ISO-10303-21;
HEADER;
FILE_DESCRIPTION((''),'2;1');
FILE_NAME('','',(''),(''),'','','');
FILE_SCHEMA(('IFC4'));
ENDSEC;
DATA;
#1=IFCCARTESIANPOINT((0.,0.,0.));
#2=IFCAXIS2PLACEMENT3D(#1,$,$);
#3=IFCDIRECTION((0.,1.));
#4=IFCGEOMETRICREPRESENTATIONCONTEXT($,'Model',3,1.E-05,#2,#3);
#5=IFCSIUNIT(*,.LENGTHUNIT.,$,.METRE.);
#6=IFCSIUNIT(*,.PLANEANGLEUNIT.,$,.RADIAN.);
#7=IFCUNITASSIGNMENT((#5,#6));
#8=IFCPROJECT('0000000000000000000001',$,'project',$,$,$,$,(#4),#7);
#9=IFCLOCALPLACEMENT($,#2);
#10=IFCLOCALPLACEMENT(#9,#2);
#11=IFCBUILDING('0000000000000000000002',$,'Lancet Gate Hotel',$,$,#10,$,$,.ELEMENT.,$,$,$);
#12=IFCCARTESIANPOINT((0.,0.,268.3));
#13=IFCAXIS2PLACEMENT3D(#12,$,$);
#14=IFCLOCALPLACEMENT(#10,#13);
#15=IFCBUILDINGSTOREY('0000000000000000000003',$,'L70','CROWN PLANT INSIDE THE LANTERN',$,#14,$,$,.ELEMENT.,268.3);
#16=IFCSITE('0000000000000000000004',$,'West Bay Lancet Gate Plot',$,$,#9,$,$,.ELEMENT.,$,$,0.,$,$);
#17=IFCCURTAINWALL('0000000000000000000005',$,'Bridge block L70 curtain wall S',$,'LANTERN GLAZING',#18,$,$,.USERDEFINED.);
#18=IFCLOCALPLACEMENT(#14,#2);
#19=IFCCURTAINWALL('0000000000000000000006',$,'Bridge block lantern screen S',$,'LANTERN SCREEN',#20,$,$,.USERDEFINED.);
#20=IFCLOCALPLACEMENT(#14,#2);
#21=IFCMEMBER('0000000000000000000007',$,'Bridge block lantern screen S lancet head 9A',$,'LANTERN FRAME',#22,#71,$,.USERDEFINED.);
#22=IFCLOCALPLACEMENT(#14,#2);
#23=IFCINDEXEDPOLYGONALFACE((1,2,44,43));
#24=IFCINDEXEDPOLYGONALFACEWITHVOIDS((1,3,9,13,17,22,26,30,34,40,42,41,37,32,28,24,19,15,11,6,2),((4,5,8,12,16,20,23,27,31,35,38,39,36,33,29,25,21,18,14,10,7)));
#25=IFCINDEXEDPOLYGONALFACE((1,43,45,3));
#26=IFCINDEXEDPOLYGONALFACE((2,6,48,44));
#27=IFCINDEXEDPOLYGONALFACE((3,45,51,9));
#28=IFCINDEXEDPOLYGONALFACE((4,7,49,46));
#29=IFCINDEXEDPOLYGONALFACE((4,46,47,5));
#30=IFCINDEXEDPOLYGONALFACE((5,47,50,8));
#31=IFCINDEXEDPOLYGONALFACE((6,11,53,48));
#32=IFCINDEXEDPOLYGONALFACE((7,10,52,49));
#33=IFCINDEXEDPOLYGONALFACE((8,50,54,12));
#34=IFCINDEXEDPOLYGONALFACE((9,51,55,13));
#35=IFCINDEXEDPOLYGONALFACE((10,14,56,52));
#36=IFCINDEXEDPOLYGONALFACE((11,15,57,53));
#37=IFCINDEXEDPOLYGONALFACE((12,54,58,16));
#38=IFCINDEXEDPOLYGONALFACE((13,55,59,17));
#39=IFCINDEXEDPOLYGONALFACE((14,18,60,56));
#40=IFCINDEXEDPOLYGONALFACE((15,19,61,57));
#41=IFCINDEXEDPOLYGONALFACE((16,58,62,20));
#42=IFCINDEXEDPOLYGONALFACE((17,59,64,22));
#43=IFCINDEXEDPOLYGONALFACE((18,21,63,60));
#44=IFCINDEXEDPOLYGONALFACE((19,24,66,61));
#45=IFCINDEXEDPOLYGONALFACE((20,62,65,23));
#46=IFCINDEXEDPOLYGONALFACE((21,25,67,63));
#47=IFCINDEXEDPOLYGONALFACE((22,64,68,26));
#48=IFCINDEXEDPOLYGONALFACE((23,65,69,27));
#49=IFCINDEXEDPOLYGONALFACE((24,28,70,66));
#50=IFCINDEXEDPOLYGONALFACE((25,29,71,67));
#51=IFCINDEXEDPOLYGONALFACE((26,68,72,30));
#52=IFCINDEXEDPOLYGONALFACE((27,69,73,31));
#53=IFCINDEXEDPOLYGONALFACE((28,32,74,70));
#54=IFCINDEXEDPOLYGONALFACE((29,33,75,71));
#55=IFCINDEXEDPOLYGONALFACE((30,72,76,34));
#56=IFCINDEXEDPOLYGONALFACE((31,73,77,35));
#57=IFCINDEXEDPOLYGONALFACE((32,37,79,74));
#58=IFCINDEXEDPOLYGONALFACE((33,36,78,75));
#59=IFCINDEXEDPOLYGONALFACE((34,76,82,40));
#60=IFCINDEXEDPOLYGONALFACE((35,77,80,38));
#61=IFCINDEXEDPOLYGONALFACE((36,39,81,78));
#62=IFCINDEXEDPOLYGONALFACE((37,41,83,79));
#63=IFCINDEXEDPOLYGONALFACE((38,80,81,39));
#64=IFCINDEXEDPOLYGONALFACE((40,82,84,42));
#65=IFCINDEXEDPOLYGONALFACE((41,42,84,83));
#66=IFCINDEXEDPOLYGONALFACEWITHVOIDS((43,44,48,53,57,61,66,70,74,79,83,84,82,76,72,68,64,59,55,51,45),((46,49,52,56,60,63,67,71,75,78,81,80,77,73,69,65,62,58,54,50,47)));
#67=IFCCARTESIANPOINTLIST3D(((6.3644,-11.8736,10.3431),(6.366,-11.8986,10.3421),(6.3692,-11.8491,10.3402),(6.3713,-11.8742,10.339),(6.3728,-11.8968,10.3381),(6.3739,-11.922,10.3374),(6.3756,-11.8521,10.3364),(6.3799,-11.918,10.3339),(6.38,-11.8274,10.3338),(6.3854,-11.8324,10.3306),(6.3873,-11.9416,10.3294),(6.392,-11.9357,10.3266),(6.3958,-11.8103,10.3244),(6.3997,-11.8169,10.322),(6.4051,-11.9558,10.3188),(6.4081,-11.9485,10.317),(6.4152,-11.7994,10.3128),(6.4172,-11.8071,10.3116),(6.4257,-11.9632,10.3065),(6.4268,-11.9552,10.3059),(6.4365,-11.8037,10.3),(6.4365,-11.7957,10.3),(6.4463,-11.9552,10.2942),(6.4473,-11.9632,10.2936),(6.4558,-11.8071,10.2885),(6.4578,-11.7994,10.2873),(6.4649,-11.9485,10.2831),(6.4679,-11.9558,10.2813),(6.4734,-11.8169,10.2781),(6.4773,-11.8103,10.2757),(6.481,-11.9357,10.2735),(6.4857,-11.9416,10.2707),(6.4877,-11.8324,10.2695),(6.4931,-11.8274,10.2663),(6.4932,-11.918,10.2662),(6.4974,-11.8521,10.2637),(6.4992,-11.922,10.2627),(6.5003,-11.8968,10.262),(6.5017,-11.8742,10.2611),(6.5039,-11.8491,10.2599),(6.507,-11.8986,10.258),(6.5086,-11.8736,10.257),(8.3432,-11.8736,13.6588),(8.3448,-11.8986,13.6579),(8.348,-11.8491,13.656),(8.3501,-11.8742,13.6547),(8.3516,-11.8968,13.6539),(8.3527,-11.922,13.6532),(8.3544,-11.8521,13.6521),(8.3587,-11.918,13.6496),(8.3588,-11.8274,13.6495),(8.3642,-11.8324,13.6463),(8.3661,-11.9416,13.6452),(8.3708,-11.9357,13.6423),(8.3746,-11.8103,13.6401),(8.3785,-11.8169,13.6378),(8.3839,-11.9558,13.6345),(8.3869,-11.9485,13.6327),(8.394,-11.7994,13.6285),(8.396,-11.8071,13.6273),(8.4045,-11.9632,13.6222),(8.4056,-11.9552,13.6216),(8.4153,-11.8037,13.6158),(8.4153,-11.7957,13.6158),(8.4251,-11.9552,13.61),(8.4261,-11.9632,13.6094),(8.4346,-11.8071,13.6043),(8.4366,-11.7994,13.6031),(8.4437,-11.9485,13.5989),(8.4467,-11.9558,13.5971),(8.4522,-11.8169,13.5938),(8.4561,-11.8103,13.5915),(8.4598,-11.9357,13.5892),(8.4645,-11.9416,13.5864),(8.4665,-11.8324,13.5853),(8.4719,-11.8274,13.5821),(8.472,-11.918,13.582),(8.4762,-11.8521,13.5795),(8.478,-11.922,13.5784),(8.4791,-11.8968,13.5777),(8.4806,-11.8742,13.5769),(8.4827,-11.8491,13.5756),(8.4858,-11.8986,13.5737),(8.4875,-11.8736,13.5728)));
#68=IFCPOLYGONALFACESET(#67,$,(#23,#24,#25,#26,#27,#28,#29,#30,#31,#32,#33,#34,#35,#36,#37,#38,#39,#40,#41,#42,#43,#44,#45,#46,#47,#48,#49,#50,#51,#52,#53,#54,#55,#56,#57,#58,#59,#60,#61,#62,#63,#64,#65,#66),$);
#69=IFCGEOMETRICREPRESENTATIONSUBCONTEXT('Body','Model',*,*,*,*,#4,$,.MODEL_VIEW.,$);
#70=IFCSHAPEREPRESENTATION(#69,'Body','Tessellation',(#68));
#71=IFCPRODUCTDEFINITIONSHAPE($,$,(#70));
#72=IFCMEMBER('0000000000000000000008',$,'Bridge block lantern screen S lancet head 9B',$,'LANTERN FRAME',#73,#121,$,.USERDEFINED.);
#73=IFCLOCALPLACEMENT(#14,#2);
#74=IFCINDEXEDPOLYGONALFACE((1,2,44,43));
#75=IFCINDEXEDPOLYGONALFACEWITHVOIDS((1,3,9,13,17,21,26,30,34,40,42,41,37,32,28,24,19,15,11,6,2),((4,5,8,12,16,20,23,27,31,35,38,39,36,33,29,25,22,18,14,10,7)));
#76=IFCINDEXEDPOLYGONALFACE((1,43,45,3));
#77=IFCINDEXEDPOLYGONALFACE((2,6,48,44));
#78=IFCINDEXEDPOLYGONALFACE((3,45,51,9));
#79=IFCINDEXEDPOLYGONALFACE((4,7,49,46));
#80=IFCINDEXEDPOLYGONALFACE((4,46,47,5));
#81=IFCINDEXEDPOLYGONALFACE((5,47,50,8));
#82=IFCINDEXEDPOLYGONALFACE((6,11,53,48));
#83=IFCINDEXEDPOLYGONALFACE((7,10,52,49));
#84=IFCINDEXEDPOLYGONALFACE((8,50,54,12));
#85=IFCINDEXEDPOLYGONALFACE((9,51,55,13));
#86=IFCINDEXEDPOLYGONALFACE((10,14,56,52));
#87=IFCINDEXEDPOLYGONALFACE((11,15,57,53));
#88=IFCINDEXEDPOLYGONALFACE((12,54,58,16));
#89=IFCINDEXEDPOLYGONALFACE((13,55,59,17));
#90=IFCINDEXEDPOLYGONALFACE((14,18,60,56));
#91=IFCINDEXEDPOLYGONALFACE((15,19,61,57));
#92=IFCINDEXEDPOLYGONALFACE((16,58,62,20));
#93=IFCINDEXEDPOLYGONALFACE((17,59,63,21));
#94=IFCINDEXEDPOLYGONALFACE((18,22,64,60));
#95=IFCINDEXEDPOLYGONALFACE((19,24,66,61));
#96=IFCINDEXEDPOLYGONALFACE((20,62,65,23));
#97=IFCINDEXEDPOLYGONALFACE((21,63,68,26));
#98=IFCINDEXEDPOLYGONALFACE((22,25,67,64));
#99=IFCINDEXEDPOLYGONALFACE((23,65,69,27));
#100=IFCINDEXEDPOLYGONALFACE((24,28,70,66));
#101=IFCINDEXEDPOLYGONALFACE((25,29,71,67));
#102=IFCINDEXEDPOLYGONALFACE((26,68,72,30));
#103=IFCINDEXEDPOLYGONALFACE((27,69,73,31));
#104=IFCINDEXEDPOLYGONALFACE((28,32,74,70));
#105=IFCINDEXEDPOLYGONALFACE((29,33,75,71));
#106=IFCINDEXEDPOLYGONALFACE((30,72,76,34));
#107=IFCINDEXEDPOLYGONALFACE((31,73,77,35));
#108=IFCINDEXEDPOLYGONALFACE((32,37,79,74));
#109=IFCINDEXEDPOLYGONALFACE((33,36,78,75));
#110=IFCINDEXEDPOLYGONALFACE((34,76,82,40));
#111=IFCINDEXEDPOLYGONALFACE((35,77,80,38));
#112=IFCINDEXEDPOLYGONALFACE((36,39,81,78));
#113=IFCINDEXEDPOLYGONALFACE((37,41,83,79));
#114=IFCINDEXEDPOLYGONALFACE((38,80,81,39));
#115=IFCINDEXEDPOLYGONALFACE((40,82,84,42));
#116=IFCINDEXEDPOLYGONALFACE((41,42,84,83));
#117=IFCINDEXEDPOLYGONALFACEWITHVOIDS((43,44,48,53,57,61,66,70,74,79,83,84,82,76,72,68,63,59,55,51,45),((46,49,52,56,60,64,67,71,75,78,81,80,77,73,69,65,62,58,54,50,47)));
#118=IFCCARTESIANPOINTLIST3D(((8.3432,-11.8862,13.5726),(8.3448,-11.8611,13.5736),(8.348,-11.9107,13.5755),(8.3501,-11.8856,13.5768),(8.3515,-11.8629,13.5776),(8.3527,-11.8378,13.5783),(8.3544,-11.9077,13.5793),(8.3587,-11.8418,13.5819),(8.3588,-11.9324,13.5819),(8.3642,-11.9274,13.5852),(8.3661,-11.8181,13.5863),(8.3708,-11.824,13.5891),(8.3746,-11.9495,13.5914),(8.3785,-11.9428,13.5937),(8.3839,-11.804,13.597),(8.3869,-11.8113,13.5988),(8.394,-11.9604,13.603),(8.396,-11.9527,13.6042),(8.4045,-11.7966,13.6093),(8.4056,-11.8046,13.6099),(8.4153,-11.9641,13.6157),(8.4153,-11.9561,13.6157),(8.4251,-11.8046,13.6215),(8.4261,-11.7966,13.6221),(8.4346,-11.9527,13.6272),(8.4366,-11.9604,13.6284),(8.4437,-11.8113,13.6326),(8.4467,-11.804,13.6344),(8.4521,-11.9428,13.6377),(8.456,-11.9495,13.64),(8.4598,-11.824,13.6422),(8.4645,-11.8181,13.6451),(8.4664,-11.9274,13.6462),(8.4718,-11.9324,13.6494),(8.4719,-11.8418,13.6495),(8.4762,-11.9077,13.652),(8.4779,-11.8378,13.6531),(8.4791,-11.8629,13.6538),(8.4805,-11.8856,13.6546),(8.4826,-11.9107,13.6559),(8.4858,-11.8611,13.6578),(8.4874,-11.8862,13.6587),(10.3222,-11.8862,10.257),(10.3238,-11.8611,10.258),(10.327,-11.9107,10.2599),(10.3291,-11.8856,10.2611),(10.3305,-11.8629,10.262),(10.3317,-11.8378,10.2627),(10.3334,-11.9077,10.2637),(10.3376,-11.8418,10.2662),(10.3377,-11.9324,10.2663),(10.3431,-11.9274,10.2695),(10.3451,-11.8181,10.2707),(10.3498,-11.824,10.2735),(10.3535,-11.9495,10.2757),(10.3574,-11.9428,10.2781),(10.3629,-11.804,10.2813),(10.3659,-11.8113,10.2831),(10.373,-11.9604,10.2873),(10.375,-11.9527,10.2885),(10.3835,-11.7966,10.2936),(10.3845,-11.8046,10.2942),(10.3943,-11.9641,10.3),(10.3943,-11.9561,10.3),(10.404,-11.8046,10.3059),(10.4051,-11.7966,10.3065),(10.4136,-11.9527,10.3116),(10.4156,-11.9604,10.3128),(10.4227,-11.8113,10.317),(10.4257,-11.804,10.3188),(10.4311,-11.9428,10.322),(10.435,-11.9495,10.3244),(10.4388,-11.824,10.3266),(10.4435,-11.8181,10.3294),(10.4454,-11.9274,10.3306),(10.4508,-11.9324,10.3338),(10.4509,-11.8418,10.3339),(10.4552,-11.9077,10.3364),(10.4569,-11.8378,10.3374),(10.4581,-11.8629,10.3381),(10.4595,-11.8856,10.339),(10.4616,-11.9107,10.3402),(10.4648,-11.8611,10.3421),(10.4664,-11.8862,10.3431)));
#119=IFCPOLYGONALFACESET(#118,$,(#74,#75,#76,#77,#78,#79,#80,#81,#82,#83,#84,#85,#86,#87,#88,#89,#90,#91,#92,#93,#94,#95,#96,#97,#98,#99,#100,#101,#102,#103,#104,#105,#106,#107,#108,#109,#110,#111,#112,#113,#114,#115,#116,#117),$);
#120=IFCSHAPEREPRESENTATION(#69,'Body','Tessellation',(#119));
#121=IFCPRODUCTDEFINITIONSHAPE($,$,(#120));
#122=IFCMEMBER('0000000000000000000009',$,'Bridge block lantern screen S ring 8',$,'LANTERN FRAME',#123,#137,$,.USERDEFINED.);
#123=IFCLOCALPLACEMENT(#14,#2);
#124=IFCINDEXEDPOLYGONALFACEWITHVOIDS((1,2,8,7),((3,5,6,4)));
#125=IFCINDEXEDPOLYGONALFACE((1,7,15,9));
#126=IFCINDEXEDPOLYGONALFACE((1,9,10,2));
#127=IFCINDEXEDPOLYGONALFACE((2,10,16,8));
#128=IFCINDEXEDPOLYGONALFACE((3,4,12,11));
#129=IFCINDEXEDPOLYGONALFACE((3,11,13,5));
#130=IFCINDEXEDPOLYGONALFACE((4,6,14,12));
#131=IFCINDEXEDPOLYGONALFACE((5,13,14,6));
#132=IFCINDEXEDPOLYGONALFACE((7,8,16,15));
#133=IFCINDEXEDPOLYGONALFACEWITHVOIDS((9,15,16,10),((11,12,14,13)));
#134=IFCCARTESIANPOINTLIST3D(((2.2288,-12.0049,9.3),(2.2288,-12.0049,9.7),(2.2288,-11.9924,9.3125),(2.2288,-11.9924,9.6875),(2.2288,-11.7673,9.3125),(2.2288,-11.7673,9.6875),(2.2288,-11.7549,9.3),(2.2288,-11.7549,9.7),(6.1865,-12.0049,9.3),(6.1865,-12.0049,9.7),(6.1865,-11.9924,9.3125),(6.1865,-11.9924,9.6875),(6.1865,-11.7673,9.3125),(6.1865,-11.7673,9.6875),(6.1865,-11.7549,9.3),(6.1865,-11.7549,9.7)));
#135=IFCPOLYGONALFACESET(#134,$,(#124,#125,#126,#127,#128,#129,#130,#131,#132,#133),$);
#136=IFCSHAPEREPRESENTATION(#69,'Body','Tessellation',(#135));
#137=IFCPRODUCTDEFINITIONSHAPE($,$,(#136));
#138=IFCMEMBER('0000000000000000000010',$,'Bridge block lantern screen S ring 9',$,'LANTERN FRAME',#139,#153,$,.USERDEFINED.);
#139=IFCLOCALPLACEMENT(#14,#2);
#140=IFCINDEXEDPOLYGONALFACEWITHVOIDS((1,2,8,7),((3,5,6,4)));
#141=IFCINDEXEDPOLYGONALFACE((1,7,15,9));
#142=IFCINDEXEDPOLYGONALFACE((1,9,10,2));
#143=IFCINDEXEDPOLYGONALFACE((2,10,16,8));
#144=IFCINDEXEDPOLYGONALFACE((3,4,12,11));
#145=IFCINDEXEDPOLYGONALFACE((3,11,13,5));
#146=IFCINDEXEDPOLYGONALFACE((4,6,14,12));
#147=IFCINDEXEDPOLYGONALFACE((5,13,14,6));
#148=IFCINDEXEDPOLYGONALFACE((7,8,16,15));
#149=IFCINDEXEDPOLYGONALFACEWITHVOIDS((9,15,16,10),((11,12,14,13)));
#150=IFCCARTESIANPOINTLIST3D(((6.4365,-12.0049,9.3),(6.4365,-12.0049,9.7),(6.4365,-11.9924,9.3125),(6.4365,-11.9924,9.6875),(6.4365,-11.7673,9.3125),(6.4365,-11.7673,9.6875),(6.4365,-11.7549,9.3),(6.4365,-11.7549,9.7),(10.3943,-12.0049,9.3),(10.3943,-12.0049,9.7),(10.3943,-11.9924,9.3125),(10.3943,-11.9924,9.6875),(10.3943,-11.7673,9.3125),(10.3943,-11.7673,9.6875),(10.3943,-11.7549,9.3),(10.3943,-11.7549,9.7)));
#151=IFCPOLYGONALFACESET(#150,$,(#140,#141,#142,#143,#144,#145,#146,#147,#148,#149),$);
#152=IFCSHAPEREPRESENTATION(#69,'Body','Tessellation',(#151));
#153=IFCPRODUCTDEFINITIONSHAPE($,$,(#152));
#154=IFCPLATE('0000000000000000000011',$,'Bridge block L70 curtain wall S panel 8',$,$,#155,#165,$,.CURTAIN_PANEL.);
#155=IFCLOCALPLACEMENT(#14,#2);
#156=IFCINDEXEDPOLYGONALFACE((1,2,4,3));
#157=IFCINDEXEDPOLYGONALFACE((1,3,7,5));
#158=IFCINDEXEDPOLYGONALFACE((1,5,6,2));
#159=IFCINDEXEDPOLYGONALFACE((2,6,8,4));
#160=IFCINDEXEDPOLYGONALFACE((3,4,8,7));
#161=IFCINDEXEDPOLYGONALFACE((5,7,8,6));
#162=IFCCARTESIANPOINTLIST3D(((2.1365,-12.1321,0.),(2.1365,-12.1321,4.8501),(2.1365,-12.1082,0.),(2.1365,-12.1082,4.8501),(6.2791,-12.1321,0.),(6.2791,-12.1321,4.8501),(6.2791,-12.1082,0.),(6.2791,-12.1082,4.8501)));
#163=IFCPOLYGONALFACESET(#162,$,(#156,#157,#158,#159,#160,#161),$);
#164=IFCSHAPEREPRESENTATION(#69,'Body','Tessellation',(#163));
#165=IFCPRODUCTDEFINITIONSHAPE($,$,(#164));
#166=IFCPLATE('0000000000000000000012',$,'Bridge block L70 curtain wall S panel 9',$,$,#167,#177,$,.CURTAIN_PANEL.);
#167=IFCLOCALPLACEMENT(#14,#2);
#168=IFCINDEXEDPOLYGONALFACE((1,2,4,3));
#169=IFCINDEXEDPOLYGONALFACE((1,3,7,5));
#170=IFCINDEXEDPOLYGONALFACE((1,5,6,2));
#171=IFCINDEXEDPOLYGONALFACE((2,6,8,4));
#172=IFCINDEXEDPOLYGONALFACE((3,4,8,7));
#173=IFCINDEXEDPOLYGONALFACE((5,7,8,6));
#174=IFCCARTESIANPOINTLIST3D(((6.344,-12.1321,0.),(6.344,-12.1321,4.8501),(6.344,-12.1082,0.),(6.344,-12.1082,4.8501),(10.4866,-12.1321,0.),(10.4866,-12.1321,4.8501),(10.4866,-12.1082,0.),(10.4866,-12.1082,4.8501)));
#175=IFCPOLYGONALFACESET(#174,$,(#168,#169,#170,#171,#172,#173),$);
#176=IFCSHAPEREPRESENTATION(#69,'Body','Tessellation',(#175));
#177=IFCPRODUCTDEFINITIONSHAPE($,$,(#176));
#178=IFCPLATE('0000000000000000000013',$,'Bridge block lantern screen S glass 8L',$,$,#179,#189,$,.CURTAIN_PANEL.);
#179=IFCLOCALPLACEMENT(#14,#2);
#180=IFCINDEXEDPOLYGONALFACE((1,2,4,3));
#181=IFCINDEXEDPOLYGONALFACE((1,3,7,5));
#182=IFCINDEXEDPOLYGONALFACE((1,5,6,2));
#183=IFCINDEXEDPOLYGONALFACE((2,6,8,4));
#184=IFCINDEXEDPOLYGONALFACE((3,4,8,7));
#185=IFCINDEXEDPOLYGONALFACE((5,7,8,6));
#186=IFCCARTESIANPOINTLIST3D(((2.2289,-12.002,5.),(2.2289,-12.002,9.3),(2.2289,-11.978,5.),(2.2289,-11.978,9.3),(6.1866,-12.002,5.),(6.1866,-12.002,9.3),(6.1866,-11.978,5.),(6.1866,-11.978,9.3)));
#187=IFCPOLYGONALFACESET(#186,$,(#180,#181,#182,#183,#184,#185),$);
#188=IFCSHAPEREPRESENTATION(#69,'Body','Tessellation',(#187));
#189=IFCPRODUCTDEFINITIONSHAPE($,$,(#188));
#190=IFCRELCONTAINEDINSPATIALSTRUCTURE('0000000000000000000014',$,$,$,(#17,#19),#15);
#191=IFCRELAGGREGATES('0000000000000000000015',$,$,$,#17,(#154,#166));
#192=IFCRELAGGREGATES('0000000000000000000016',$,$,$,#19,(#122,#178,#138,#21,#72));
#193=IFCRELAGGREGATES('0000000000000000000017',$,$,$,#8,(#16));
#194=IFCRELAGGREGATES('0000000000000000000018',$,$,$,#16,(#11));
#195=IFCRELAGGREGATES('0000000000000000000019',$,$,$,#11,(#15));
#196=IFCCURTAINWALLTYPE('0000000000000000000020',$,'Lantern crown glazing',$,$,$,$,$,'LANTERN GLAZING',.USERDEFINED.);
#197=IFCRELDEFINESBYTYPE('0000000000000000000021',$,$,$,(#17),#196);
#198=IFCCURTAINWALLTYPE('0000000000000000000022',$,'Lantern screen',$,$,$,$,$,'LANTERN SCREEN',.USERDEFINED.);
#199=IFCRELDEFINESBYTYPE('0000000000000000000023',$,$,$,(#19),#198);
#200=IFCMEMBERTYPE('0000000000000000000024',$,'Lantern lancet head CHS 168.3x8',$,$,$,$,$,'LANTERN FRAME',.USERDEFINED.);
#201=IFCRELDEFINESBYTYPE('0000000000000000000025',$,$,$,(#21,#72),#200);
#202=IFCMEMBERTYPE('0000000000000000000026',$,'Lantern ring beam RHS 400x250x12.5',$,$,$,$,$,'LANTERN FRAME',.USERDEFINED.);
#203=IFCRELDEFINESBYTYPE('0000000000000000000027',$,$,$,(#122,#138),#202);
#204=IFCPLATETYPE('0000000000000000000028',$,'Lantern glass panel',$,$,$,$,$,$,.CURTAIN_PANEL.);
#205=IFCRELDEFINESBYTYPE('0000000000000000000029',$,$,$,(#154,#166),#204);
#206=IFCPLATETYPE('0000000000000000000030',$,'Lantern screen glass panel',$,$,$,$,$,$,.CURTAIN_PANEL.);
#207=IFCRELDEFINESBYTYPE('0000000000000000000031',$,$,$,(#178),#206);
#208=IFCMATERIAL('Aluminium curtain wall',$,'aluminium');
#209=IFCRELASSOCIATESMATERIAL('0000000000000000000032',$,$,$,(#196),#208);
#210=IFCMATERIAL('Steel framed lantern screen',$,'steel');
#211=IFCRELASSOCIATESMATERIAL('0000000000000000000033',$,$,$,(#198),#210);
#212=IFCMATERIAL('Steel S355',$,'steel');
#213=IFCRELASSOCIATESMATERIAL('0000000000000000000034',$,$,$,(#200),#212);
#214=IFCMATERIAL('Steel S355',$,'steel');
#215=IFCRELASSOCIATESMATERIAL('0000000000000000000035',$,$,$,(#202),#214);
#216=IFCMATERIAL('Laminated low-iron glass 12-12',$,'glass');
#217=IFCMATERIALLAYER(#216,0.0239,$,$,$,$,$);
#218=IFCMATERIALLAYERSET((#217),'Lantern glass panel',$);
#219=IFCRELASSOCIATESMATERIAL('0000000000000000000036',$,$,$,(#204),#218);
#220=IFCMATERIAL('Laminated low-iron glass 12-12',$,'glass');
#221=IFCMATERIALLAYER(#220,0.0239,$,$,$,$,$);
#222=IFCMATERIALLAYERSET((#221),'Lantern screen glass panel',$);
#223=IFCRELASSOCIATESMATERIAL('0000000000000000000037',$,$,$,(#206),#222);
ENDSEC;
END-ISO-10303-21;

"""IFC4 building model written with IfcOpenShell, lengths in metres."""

from ifc_helpers import new_model, si_unit, direction, frame, origin, origin_2d, place, context, subcontext, project, spatial, rectangle, hollow_rectangle, hollow_circle, extrude, material, layer, layer_set, material_profile, profile_set, type_object, element, aggregate, save


model = new_model("IFC4")

# Units and contexts
model_context = context("Model", 3, precision=1e-05, world=origin(), true_north=direction((0.0, 1.0)))
body_context = subcontext(model_context, "Body", "Model", "MODEL_VIEW")
ifc_project = project(units=[si_unit("LENGTHUNIT", "METRE"), si_unit("PLANEANGLEUNIT", "RADIAN")], contexts=[model_context])

# Site, building, storey
site_placement = place(None, origin())
site = spatial("IfcSite", under=ifc_project, at=site_placement, Name="West Bay Lancet Gate Plot", CompositionType="ELEMENT", RefElevation=0.0)
building_placement = place(site_placement, origin())
building = spatial("IfcBuilding", under=site, at=building_placement, Name="Lancet Gate Hotel", CompositionType="ELEMENT")
storey_placement = place(building_placement, frame((0.0, 0.0, 268.3)))
storey = spatial("IfcBuildingStorey", under=building, at=storey_placement, Name="L70", Description="CROWN PLANT INSIDE THE LANTERN", CompositionType="ELEMENT", Elevation=268.3)

# Curtain wall
ifc_material_1 = material(Name="Aluminium curtain wall", Category="aluminium")
curtain_wall_type_1 = type_object("IfcCurtainWallType", Name="Lantern crown glazing", ElementType="LANTERN GLAZING", PredefinedType="USERDEFINED", material=ifc_material_1)
curtain_wall_1_placement = place(storey_placement, origin())
curtain_wall_1 = element("IfcCurtainWall", 1, at=curtain_wall_1_placement, inside=storey, type_object=curtain_wall_type_1, Name="Bridge block L70 curtain wall S", ObjectType="LANTERN GLAZING", PredefinedType="USERDEFINED")

# Curtain wall, members
ifc_material_2 = material(Name="Steel framed lantern screen", Category="steel")
curtain_wall_type_2 = type_object("IfcCurtainWallType", Name="Lantern screen", ElementType="LANTERN SCREEN", PredefinedType="USERDEFINED", material=ifc_material_2)
curtain_wall_2_placement = place(storey_placement, origin())
curtain_wall_2 = element("IfcCurtainWall", 2, at=curtain_wall_2_placement, inside=storey, type_object=curtain_wall_type_2, Name="Bridge block lantern screen S", ObjectType="LANTERN SCREEN", PredefinedType="USERDEFINED")
ifc_material_3 = material(Name="Steel S355", Category="steel")
ifc_material_profile_1 = material_profile(ifc_material_3, hollow_circle(Radius=0.0842, WallThickness=0.0081, at=origin_2d()), Name="CHS 168.3x8.0")
ifc_profile_set_1 = profile_set([ifc_material_profile_1], Name="Steel S355")
member_type_1 = type_object("IfcMemberType", Name="Lantern lancet head CHS 168.3x8", ElementType="LANTERN FRAME", PredefinedType="USERDEFINED", material=ifc_profile_set_1)
member_1_placement = place(storey_placement, frame((6.4365, -11.8799, 10.3), z_axis=(0.512467, 0.0, 0.858707), x_axis=(0.0, 1.0, 0.0)))
member_1 = element("IfcMember", 3, at=member_1_placement, type_object=member_type_1, Name="Bridge block lantern screen S lancet head 9A", ObjectType="LANTERN FRAME", PredefinedType="USERDEFINED", context=body_context, shape_type="SweptSolid", body=[
    extrude(hollow_circle(Radius=0.0842, WallThickness=0.0081, at=origin_2d()), origin(), (0.0, 0.0, 1.0), 3.8613),
])
member_2_placement = place(storey_placement, frame((10.3943, -11.8799, 10.3), z_axis=(-0.512514, 0.0, 0.858679), x_axis=(0.0, -1.0, 0.0)))
member_2 = element("IfcMember", 4, at=member_2_placement, type_object=member_type_1, Name="Bridge block lantern screen S lancet head 9B", ObjectType="LANTERN FRAME", PredefinedType="USERDEFINED", context=body_context, shape_type="SweptSolid", body=[
    extrude(hollow_circle(Radius=0.0842, WallThickness=0.0081, at=origin_2d()), origin(), (0.0, 0.0, 1.0), 3.8613),
])
ifc_material_4 = material(Name="Steel S355", Category="steel")
ifc_material_profile_2 = material_profile(ifc_material_4, hollow_rectangle(XDim=0.25, YDim=0.3999, WallThickness=0.0125, at=origin_2d()), Name="RHS 400x250x12.5")
ifc_profile_set_2 = profile_set([ifc_material_profile_2], Name="Steel S355")
member_type_2 = type_object("IfcMemberType", Name="Lantern ring beam RHS 400x250x12.5", ElementType="LANTERN FRAME", PredefinedType="USERDEFINED", material=ifc_profile_set_2)
member_3_placement = place(storey_placement, frame((2.2288, -11.8799, 9.5), z_axis=(1.0, 0.0, 0.0), x_axis=(0.0, 1.0, 0.0)))
member_3 = element("IfcMember", 5, at=member_3_placement, type_object=member_type_2, Name="Bridge block lantern screen S ring 8", ObjectType="LANTERN FRAME", PredefinedType="USERDEFINED", context=body_context, shape_type="SweptSolid", body=[
    extrude(hollow_rectangle(XDim=0.25, YDim=0.3999, WallThickness=0.0125, at=origin_2d()), origin(), (0.0, 0.0, 1.0), 3.9578),
])
member_4_placement = place(storey_placement, frame((6.4365, -11.8799, 9.5), z_axis=(1.0, 0.0, 0.0), x_axis=(0.0, 1.0, 0.0)))
member_4 = element("IfcMember", 6, at=member_4_placement, type_object=member_type_2, Name="Bridge block lantern screen S ring 9", ObjectType="LANTERN FRAME", PredefinedType="USERDEFINED", context=body_context, shape_type="SweptSolid", body=[
    extrude(hollow_rectangle(XDim=0.25, YDim=0.3999, WallThickness=0.0125, at=origin_2d()), origin(), (0.0, 0.0, 1.0), 3.9578),
])

# Plates
ifc_material_5 = material(Name="Laminated low-iron glass 12-12", Category="glass")
ifc_layer_1 = layer(ifc_material_5, 0.0239)
ifc_layer_set_1 = layer_set([ifc_layer_1], Name="Lantern glass panel")
plate_type_1 = type_object("IfcPlateType", Name="Lantern glass panel", PredefinedType="CURTAIN_PANEL", material=ifc_layer_set_1)
plate_1_placement = place(storey_placement, frame((4.2078, -12.1201, 0.0), z_axis=(0.0, 0.0, 1.0), x_axis=(1.0, 0.0, 0.0)))
plate_1 = element("IfcPlate", 7, at=plate_1_placement, type_object=plate_type_1, Name="Bridge block L70 curtain wall S panel 8", PredefinedType="CURTAIN_PANEL", context=body_context, shape_type="SweptSolid", body=[
    extrude(rectangle(XDim=4.1426, YDim=0.0239, at=origin_2d()), origin(), (0.0, 0.0, 1.0), 4.8501),
])
plate_2_placement = place(storey_placement, frame((8.4153, -12.1201, 0.0), z_axis=(0.0, 0.0, 1.0), x_axis=(1.0, 0.0, 0.0)))
plate_2 = element("IfcPlate", 8, at=plate_2_placement, type_object=plate_type_1, Name="Bridge block L70 curtain wall S panel 9", PredefinedType="CURTAIN_PANEL", context=body_context, shape_type="SweptSolid", body=[
    extrude(rectangle(XDim=4.1426, YDim=0.0239, at=origin_2d()), origin(), (0.0, 0.0, 1.0), 4.8501),
])
aggregate(curtain_wall_1, [plate_1, plate_2])
ifc_material_6 = material(Name="Laminated low-iron glass 12-12", Category="glass")
ifc_layer_2 = layer(ifc_material_6, 0.0239)
ifc_layer_set_2 = layer_set([ifc_layer_2], Name="Lantern screen glass panel")
plate_type_2 = type_object("IfcPlateType", Name="Lantern screen glass panel", PredefinedType="CURTAIN_PANEL", material=ifc_layer_set_2)
plate_3_placement = place(storey_placement, frame((4.2078, -11.99, 5.0), z_axis=(0.0, 0.0, 1.0), x_axis=(1.0, 0.0, 0.0)))
plate_3 = element("IfcPlate", 9, at=plate_3_placement, type_object=plate_type_2, Name="Bridge block lantern screen S glass 8L", PredefinedType="CURTAIN_PANEL", context=body_context, shape_type="SweptSolid", body=[
    extrude(rectangle(XDim=3.9578, YDim=0.0239, at=origin_2d()), origin(), (0.0, 0.0, 1.0), 4.3),
])
aggregate(curtain_wall_2, [member_3, plate_3, member_4, member_1, member_2])

save(model, "model.ifc")
